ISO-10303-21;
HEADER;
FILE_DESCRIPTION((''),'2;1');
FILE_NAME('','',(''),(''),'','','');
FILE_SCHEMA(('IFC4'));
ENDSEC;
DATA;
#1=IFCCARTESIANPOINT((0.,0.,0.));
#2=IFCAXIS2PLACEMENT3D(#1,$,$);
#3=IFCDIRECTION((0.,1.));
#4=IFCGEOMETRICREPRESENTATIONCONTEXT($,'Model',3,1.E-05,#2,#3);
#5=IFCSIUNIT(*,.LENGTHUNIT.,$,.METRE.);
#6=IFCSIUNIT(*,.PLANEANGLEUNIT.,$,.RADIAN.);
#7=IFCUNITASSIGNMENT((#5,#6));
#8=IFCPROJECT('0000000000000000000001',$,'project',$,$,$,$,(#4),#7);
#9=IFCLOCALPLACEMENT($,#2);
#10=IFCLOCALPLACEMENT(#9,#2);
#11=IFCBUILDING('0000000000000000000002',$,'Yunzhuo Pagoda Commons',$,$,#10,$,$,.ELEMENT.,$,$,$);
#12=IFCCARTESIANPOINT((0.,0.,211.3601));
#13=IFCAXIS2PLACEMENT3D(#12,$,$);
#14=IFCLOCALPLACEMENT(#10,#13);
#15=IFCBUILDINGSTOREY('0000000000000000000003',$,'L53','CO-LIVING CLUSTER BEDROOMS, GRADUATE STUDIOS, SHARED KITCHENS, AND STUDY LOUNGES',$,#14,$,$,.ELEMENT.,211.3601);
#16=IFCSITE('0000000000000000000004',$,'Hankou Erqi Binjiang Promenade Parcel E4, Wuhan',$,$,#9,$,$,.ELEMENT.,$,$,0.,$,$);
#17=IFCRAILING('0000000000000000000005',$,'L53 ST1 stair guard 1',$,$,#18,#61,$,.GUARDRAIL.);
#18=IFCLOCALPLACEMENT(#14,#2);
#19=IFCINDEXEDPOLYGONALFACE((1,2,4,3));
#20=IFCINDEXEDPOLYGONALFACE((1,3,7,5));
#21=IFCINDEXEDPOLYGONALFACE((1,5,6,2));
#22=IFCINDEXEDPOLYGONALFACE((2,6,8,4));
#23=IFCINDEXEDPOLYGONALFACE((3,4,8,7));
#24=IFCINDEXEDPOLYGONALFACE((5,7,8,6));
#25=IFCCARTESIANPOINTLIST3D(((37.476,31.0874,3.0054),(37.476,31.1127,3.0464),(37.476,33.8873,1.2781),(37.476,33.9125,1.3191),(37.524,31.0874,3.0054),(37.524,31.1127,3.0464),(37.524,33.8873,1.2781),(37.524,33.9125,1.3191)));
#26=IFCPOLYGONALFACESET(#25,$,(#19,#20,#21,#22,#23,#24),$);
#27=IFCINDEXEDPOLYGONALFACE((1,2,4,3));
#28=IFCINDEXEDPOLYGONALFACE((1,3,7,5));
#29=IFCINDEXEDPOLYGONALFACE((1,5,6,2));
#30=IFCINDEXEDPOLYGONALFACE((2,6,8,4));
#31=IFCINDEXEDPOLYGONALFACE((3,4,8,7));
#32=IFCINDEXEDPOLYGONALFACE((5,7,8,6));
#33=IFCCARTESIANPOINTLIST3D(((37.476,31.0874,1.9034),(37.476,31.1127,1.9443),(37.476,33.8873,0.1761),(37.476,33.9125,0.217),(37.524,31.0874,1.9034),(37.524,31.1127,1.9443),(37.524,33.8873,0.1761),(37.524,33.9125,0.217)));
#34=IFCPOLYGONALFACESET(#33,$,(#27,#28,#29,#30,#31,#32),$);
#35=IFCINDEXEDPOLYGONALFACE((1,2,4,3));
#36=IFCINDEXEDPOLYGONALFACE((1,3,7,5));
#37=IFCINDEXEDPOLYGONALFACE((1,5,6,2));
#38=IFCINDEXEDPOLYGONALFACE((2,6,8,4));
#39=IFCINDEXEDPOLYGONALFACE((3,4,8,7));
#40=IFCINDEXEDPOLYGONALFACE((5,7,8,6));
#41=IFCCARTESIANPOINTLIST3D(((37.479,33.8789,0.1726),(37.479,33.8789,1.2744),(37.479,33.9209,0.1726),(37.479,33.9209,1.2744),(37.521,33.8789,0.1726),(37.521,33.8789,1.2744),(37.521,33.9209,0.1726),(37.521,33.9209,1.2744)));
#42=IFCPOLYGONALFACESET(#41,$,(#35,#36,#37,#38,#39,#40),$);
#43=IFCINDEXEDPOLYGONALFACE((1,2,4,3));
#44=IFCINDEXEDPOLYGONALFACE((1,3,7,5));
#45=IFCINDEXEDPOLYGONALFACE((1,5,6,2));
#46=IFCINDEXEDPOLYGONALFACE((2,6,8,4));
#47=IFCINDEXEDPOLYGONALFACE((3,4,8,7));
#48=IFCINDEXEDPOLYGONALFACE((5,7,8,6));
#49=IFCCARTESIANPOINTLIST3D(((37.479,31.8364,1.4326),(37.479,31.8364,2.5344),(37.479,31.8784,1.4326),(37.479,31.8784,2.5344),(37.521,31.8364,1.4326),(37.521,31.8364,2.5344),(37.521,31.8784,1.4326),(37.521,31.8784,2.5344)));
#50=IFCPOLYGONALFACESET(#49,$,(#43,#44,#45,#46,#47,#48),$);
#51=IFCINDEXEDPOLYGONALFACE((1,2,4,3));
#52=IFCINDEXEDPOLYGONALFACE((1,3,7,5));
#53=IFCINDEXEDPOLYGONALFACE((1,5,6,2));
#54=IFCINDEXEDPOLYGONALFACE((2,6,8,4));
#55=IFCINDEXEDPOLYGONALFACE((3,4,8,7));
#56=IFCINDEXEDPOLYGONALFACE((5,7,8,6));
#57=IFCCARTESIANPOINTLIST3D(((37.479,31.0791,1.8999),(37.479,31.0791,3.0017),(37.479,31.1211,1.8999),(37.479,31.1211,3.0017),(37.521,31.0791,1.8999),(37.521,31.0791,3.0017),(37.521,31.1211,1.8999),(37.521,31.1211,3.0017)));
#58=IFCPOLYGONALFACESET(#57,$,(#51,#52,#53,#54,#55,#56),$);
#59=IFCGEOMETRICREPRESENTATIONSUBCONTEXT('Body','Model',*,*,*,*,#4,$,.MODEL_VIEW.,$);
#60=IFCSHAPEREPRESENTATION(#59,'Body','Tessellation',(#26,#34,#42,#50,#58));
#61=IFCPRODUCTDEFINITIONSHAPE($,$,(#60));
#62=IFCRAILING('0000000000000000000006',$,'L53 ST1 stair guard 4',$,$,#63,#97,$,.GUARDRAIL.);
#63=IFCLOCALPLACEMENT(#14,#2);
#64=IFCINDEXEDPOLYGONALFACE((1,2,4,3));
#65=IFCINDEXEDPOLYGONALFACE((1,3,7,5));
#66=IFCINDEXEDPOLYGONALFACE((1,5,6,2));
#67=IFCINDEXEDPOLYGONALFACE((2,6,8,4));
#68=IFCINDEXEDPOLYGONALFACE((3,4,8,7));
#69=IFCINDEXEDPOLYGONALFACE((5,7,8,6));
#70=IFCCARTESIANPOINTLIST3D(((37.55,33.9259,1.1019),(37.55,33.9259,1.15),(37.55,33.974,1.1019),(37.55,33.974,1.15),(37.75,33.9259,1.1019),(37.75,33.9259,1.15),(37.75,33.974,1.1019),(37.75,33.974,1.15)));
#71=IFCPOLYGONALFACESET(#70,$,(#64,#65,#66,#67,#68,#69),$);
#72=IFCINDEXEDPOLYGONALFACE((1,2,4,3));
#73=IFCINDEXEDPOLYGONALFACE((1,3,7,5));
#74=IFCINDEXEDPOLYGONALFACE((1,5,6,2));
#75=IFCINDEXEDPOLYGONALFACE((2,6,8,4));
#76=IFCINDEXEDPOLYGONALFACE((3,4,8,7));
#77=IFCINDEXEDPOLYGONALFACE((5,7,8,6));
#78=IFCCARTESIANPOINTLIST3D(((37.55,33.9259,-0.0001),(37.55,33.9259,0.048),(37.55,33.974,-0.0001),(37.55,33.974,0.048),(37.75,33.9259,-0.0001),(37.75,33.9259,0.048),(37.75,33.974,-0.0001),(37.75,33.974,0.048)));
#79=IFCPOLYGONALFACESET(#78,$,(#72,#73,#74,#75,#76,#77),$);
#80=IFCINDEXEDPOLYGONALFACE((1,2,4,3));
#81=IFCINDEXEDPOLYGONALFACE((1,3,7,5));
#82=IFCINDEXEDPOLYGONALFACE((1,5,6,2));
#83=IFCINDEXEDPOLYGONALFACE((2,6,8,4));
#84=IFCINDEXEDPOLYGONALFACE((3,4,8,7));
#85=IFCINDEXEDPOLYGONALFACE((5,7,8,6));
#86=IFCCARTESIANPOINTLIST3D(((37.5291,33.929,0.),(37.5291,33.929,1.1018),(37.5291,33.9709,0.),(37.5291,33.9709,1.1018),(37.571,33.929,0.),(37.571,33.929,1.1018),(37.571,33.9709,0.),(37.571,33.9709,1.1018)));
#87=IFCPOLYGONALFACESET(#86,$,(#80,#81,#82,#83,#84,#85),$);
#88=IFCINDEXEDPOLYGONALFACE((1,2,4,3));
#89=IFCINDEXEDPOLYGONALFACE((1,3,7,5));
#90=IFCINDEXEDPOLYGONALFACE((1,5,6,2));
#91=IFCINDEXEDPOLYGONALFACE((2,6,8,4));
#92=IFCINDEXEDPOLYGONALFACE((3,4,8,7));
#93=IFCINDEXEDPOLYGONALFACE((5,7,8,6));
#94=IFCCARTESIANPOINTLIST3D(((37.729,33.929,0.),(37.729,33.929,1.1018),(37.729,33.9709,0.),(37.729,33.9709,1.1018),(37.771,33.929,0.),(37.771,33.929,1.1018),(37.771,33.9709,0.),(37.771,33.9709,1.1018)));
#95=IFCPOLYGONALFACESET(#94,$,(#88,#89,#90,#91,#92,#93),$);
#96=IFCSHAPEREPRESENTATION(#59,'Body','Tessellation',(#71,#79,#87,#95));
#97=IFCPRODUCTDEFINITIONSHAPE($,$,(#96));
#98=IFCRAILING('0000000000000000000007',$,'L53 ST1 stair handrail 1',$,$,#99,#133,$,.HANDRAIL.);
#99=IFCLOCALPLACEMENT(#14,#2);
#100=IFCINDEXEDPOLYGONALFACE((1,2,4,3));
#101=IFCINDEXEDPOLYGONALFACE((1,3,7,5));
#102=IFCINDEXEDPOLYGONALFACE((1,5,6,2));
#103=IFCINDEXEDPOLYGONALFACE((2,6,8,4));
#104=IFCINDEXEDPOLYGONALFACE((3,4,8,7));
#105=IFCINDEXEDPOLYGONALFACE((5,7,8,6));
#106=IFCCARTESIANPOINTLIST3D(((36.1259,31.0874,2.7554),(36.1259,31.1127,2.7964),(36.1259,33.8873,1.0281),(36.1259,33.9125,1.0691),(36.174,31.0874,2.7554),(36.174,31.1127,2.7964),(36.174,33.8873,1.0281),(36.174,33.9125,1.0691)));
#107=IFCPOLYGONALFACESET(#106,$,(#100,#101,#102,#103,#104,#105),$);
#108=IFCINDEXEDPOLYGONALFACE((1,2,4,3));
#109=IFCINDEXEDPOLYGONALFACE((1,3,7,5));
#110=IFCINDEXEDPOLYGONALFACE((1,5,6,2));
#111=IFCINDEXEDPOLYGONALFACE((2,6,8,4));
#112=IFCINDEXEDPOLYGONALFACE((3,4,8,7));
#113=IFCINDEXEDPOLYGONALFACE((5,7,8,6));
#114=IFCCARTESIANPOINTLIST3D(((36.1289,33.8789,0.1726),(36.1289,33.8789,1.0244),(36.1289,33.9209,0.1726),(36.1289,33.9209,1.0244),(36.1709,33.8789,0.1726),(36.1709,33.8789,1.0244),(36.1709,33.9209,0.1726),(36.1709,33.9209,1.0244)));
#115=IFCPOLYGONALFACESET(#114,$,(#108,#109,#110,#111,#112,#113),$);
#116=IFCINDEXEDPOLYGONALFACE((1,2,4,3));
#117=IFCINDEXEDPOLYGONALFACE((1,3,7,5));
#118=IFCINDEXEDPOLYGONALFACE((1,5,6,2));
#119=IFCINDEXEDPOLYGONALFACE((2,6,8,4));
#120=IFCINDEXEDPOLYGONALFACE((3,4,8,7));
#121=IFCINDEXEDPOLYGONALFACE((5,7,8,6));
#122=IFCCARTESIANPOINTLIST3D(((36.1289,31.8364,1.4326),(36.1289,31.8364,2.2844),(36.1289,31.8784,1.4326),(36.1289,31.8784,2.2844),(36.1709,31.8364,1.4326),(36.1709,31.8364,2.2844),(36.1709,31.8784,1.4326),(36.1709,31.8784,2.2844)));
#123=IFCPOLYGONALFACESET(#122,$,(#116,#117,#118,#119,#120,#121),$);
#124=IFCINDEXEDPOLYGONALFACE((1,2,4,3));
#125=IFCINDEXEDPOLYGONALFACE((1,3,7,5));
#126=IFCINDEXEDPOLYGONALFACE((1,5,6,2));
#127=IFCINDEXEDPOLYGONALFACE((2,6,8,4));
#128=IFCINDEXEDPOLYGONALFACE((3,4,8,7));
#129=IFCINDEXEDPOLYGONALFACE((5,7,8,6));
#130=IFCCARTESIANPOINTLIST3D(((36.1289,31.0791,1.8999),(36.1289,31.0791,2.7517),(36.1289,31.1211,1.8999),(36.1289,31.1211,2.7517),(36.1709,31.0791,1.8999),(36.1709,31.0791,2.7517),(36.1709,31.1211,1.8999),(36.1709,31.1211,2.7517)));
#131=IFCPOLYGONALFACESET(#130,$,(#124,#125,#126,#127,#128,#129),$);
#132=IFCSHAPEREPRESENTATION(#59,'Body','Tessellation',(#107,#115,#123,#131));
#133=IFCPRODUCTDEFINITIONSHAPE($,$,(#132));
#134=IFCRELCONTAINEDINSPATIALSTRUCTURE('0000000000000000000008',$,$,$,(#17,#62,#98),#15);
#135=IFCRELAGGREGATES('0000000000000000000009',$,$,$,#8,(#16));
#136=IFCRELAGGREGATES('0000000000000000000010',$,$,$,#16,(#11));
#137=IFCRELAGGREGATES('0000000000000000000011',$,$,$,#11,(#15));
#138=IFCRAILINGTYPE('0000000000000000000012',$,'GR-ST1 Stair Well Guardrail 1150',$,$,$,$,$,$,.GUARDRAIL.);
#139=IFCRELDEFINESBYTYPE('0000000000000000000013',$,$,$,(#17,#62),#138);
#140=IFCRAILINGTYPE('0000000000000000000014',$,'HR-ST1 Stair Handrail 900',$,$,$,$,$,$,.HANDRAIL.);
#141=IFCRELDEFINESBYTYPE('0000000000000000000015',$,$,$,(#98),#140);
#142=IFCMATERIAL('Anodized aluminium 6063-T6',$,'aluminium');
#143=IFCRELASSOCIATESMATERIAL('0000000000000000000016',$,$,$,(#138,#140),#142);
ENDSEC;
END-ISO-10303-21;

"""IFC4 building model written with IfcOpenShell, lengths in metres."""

from ifc_helpers import new_model, si_unit, direction, frame, origin, origin_2d, place, context, subcontext, project, spatial, rectangle, extrude, material, type_object, element, save


model = new_model("IFC4")

# Units and contexts
model_context = context("Model", 3, precision=1e-05, world=origin(), true_north=direction((0.0, 1.0)))
body_context = subcontext(model_context, "Body", "Model", "MODEL_VIEW")
ifc_project = project(units=[si_unit("LENGTHUNIT", "METRE"), si_unit("PLANEANGLEUNIT", "RADIAN")], contexts=[model_context])

# Site, building, storey
site_placement = place(None, origin())
site = spatial("IfcSite", under=ifc_project, at=site_placement, Name="Hankou Erqi Binjiang Promenade Parcel E4, Wuhan", CompositionType="ELEMENT", RefElevation=0.0)
building_placement = place(site_placement, origin())
building = spatial("IfcBuilding", under=site, at=building_placement, Name="Yunzhuo Pagoda Commons", CompositionType="ELEMENT")
storey_placement = place(building_placement, frame((0.0, 0.0, 211.3601)))
storey = spatial("IfcBuildingStorey", under=building, at=storey_placement, Name="L53", Description="CO-LIVING CLUSTER BEDROOMS, GRADUATE STUDIOS, SHARED KITCHENS, AND STUDY LOUNGES", CompositionType="ELEMENT", Elevation=211.3601)

# Railings
ifc_material_1 = material(Name="Anodized aluminium 6063-T6", Category="aluminium")
railing_type_1 = type_object("IfcRailingType", Name="GR-ST1 Stair Well Guardrail 1150", PredefinedType="GUARDRAIL", material=ifc_material_1)
railing_1_placement = place(storey_placement, frame((37.5, 33.8999, 0.1726)))
element("IfcRailing", 1, at=railing_1_placement, inside=storey, type_object=railing_type_1, Name="L53 ST1 stair guard 1", PredefinedType="GUARDRAIL", context=body_context, shape_type="SweptSolid", body=[
    extrude(rectangle(XDim=0.0481, YDim=0.0481, at=origin_2d()), frame((0.0, 0.0, 1.126), z_axis=(0.0, -0.851069, 0.525054), x_axis=(1.0, 0.0, 0.0)), (0.0, 0.0, 1.0), 3.2898),
    extrude(rectangle(XDim=0.0481, YDim=0.0481, at=origin_2d()), frame((0.0, 0.0, 0.0239), z_axis=(0.0, -0.851069, 0.525054), x_axis=(1.0, 0.0, 0.0)), (0.0, 0.0, 1.0), 3.2898),
    extrude(rectangle(XDim=0.042, YDim=0.042, at=origin_2d()), origin(), (0.0, 0.0, 1.0), 1.1018),
    extrude(rectangle(XDim=0.042, YDim=0.042, at=origin_2d()), frame((0.0, -2.0425, 1.26)), (0.0, 0.0, 1.0), 1.1018),
    extrude(rectangle(XDim=0.042, YDim=0.042, at=origin_2d()), frame((0.0, -2.7998, 1.7273)), (0.0, 0.0, 1.0), 1.1018),
])
railing_2_placement = place(storey_placement, frame((37.55, 33.95, 0.0)))
element("IfcRailing", 2, at=railing_2_placement, inside=storey, type_object=railing_type_1, Name="L53 ST1 stair guard 4", PredefinedType="GUARDRAIL", context=body_context, shape_type="SweptSolid", body=[
    extrude(rectangle(XDim=0.0481, YDim=0.0481, at=origin_2d()), frame((0.0, 0.0, 1.126), z_axis=(1.0, 0.0, 0.0), x_axis=(0.0, 1.0, 0.0)), (0.0, 0.0, 1.0), 0.2),
    extrude(rectangle(XDim=0.0481, YDim=0.0481, at=origin_2d()), frame((0.0, 0.0, 0.0239), z_axis=(1.0, 0.0, 0.0), x_axis=(0.0, 1.0, 0.0)), (0.0, 0.0, 1.0), 0.2),
    extrude(rectangle(XDim=0.042, YDim=0.042, at=origin_2d()), origin(), (0.0, 0.0, 1.0), 1.1018),
    extrude(rectangle(XDim=0.042, YDim=0.042, at=origin_2d()), frame((0.2, 0.0, 0.0)), (0.0, 0.0, 1.0), 1.1018),
])
railing_type_2 = type_object("IfcRailingType", Name="HR-ST1 Stair Handrail 900", PredefinedType="HANDRAIL", material=ifc_material_1)
railing_3_placement = place(storey_placement, frame((36.1499, 33.8999, 0.1726)))
element("IfcRailing", 3, at=railing_3_placement, inside=storey, type_object=railing_type_2, Name="L53 ST1 stair handrail 1", PredefinedType="HANDRAIL", context=body_context, shape_type="SweptSolid", body=[
    extrude(rectangle(XDim=0.0481, YDim=0.0481, at=origin_2d()), frame((0.0, 0.0, 0.876), z_axis=(0.0, -0.851069, 0.525054), x_axis=(1.0, 0.0, 0.0)), (0.0, 0.0, 1.0), 3.2898),
    extrude(rectangle(XDim=0.042, YDim=0.042, at=origin_2d()), origin(), (0.0, 0.0, 1.0), 0.8518),
    extrude(rectangle(XDim=0.042, YDim=0.042, at=origin_2d()), frame((0.0, -2.0425, 1.26)), (0.0, 0.0, 1.0), 0.8518),
    extrude(rectangle(XDim=0.042, YDim=0.042, at=origin_2d()), frame((0.0, -2.7998, 1.7273)), (0.0, 0.0, 1.0), 0.8518),
])

save(model, "model.ifc")
